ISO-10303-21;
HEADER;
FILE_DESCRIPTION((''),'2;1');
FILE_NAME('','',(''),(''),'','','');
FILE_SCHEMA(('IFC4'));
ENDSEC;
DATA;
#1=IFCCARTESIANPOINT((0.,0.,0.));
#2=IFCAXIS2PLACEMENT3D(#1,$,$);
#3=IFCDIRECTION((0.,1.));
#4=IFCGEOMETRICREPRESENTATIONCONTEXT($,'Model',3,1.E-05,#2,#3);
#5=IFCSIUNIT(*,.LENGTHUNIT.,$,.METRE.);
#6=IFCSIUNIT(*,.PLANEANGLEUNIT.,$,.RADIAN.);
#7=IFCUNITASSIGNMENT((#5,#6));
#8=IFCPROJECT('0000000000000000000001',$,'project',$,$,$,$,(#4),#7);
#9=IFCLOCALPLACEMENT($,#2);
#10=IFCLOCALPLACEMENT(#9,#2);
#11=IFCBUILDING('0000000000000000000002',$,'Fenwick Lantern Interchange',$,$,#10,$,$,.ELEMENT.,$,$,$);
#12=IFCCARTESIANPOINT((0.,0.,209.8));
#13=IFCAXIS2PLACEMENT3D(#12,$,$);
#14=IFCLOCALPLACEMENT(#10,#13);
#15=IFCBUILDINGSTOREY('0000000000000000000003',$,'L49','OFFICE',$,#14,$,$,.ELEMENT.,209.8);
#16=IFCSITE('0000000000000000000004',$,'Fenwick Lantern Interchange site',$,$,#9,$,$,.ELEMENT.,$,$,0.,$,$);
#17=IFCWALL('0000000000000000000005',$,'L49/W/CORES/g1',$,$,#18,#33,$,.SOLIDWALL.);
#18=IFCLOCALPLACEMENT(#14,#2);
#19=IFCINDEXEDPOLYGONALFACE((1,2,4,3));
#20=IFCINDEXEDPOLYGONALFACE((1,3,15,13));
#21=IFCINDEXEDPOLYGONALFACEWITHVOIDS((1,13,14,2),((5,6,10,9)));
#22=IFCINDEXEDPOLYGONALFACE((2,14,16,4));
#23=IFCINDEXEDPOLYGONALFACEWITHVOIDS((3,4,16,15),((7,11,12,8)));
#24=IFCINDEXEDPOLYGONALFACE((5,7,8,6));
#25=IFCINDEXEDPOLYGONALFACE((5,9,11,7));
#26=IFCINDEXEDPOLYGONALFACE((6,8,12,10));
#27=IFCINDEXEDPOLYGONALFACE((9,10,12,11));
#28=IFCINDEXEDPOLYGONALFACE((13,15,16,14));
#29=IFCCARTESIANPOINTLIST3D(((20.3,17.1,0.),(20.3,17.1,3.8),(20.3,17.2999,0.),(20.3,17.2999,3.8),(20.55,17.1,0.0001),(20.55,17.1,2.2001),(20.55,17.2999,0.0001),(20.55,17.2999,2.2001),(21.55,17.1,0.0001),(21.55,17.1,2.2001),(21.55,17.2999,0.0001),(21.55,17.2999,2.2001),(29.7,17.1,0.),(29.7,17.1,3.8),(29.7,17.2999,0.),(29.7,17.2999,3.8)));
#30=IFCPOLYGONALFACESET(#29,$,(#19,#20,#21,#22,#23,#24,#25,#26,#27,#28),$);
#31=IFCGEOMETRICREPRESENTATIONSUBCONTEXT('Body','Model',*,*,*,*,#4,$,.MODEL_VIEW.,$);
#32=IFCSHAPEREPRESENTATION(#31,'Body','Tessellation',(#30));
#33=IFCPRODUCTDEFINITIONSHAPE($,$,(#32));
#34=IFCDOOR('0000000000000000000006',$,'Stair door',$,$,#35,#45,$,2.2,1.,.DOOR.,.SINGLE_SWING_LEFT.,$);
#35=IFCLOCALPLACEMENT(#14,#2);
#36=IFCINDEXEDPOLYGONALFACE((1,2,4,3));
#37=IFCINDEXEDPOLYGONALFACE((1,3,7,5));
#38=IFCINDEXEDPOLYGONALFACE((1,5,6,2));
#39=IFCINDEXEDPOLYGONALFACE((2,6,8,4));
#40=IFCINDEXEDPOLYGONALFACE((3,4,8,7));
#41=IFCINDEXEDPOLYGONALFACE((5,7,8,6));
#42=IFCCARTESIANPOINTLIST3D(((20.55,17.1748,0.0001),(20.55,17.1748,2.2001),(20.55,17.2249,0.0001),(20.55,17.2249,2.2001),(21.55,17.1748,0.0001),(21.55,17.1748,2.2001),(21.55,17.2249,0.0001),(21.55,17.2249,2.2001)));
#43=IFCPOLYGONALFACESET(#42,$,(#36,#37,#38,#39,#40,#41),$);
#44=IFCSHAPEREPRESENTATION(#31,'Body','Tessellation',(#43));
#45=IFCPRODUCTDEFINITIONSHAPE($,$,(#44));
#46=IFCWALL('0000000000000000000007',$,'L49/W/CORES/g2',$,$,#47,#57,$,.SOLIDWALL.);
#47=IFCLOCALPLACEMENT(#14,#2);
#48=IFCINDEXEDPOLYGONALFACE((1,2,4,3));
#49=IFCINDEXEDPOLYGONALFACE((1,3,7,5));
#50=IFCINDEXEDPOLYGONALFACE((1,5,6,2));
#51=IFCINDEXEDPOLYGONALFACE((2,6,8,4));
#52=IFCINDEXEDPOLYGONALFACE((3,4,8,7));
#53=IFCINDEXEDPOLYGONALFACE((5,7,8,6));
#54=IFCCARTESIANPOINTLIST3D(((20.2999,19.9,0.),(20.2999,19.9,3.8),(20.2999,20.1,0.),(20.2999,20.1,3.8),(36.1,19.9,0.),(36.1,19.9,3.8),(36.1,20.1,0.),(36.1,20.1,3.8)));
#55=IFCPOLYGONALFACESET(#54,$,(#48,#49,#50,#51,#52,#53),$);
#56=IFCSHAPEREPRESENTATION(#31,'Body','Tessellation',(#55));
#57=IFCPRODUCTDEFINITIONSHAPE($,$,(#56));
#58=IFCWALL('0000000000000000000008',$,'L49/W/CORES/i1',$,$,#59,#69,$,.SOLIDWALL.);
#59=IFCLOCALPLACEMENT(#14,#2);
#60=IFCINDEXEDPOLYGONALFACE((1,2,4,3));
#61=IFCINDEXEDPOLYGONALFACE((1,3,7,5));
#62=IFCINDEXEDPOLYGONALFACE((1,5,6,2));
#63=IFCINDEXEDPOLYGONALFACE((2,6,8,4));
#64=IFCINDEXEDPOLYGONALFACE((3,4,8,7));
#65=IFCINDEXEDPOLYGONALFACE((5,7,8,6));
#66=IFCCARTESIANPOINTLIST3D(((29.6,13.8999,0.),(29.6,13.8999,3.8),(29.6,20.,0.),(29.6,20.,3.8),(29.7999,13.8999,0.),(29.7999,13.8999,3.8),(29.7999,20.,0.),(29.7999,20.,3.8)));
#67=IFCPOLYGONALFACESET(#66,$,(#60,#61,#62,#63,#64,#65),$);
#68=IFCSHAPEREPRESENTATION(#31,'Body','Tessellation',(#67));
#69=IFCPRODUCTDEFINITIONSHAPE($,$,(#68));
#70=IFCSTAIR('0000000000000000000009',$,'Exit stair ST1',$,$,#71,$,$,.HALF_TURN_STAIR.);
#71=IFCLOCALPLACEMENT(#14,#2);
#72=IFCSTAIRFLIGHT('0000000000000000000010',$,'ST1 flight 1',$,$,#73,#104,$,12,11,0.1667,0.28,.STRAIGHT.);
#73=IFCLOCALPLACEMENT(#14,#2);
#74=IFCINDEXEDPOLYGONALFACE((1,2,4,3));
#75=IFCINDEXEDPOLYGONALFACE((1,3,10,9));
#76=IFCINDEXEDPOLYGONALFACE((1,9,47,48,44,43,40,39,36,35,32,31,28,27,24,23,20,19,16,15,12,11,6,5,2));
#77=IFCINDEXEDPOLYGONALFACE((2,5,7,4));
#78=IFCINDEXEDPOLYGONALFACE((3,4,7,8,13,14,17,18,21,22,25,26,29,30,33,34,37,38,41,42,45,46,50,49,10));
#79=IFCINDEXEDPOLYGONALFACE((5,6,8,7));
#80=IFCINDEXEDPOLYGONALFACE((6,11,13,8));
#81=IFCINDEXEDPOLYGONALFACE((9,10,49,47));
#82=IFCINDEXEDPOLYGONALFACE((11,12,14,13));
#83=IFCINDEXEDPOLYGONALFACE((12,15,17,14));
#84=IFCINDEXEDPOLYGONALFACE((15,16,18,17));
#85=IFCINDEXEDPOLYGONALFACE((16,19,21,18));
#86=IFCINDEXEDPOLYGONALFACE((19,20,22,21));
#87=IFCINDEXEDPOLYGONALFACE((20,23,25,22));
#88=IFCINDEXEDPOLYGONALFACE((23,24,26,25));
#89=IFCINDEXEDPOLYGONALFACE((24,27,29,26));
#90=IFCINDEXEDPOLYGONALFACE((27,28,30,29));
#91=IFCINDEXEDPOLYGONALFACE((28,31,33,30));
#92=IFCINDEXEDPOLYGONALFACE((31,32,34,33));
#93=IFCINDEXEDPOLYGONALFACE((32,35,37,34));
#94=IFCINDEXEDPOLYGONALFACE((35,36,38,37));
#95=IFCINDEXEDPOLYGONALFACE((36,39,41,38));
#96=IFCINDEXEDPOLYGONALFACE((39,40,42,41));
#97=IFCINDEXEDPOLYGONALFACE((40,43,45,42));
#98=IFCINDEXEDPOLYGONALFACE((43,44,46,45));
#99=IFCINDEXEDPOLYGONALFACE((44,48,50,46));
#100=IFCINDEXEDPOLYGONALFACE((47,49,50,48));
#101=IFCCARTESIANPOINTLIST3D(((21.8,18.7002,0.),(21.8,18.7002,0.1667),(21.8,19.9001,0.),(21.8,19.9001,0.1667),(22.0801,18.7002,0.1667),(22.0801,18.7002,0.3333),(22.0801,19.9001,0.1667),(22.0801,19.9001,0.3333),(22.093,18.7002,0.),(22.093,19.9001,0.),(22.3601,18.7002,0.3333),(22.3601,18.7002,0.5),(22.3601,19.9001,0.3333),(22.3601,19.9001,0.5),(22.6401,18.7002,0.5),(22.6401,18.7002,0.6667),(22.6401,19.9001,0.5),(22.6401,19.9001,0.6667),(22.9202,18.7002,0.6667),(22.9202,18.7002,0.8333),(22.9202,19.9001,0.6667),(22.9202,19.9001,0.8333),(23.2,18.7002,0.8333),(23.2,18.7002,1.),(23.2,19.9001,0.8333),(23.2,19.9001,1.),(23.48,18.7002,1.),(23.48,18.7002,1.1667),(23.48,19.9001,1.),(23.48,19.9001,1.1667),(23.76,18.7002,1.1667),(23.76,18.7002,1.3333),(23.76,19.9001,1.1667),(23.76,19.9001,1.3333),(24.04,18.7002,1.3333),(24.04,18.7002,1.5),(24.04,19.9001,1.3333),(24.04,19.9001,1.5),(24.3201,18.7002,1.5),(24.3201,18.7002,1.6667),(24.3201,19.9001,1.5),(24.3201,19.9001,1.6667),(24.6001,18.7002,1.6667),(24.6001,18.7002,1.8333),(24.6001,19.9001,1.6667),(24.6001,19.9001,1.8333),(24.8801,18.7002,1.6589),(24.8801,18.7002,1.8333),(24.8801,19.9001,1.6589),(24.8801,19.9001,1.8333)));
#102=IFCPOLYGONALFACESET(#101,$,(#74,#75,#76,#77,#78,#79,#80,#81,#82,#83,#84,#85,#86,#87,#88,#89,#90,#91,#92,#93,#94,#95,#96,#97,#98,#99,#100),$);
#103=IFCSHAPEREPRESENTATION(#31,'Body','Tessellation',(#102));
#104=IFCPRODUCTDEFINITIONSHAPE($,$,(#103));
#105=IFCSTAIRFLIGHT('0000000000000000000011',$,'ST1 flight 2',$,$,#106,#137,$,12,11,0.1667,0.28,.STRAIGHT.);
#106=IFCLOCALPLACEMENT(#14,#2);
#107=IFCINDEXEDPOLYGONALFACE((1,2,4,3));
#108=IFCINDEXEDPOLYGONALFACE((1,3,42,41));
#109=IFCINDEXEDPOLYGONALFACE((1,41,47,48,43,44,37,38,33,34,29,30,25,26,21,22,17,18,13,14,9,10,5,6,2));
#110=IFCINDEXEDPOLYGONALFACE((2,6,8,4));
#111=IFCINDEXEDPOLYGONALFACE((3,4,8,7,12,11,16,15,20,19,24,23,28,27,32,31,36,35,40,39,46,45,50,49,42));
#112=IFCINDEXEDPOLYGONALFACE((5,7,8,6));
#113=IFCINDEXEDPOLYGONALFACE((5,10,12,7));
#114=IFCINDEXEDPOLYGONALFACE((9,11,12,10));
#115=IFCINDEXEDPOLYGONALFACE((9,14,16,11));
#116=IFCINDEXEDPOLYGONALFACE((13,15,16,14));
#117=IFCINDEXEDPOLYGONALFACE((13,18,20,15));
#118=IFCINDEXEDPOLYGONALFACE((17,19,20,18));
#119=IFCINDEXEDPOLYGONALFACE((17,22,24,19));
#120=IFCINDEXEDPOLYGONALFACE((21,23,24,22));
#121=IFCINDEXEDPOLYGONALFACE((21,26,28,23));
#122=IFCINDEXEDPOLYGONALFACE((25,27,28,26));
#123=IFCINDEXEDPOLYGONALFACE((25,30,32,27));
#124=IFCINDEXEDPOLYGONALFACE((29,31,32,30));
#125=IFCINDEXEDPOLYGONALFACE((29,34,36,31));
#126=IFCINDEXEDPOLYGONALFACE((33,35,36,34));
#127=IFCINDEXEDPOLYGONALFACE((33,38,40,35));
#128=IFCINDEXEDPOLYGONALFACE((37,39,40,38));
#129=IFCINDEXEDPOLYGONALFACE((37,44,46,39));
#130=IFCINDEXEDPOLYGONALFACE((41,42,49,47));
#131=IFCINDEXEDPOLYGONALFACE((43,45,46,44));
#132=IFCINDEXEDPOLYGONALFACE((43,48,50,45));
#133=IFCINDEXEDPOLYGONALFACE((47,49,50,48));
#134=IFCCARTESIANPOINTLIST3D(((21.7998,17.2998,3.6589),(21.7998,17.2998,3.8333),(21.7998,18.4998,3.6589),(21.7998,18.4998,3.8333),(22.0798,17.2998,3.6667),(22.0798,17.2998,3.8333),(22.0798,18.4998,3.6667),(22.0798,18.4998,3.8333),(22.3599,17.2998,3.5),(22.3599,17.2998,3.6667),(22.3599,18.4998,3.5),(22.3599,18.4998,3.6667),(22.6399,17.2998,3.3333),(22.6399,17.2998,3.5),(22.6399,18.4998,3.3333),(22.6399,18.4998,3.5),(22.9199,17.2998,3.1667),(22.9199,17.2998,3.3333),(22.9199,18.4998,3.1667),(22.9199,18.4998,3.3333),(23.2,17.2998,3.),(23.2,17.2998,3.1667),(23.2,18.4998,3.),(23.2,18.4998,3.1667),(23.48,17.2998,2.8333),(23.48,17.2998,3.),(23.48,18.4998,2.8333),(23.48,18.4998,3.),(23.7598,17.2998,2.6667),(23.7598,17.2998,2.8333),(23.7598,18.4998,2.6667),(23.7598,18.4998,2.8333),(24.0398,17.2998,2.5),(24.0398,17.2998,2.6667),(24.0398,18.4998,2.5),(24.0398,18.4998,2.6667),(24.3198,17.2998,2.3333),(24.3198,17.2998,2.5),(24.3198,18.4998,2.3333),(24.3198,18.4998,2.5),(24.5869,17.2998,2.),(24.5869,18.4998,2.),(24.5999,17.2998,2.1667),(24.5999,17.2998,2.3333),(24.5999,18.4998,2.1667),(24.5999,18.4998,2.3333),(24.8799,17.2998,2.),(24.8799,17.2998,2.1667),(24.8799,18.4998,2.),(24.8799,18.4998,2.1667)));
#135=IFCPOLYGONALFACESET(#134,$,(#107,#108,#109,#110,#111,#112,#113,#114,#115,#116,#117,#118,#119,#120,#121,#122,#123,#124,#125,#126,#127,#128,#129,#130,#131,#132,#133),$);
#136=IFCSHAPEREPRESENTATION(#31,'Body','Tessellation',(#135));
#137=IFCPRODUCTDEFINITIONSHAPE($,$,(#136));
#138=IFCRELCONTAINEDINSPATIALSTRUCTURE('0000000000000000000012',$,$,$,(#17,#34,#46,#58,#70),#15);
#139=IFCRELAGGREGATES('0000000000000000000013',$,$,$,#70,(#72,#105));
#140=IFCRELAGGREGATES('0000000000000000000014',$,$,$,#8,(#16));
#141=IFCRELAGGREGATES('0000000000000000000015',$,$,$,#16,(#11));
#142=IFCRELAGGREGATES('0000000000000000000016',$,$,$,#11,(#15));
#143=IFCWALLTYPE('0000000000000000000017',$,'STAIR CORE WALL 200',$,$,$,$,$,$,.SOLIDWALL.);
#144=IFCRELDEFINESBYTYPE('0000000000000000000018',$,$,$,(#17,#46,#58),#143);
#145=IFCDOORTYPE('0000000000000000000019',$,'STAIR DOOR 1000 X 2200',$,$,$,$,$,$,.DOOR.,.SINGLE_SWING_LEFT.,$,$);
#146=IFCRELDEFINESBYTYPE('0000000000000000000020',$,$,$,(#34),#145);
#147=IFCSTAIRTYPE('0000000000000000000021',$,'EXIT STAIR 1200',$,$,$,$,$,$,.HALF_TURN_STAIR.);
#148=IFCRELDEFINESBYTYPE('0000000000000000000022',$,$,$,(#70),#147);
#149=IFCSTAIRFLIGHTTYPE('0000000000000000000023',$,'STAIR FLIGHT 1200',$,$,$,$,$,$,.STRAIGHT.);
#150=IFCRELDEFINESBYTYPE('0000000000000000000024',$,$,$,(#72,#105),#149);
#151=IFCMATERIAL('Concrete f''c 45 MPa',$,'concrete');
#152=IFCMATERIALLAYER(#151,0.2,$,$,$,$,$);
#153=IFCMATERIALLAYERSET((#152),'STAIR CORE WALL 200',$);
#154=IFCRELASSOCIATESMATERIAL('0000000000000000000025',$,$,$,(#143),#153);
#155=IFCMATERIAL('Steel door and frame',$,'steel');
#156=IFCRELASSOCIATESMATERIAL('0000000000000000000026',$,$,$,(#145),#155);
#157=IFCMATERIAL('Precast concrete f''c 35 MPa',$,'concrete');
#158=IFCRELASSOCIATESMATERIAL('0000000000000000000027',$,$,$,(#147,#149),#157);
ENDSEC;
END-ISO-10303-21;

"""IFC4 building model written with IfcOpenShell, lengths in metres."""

from ifc_helpers import new_model, si_unit, direction, frame, frame_2d, origin, place, context, subcontext, project, spatial, polyline, rectangle, outline, extrude, material, layer, layer_set, type_object, element, fill, aggregate, save


model = new_model("IFC4")

# Units and contexts
model_context = context("Model", 3, precision=1e-05, world=origin(), true_north=direction((0.0, 1.0)))
body_context = subcontext(model_context, "Body", "Model", "MODEL_VIEW")
ifc_project = project(units=[si_unit("LENGTHUNIT", "METRE"), si_unit("PLANEANGLEUNIT", "RADIAN")], contexts=[model_context])

# Site, building, storey
site_placement = place(None, origin())
site = spatial("IfcSite", under=ifc_project, at=site_placement, Name="Fenwick Lantern Interchange site", CompositionType="ELEMENT", RefElevation=0.0)
building_placement = place(site_placement, origin())
building = spatial("IfcBuilding", under=site, at=building_placement, Name="Fenwick Lantern Interchange", CompositionType="ELEMENT")
storey_placement = place(building_placement, frame((0.0, 0.0, 209.8)))
storey = spatial("IfcBuildingStorey", under=building, at=storey_placement, Name="L49", Description="OFFICE", CompositionType="ELEMENT", Elevation=209.8)

# Shared definitions
ifc_material_1 = material(Name="Steel door and frame", Category="steel")

# Wall, opening, door
ifc_material_2 = material(Name="Concrete f'c 45 MPa", Category="concrete")
ifc_layer_1 = layer(ifc_material_2, 0.2)
ifc_layer_set_1 = layer_set([ifc_layer_1], Name="STAIR CORE WALL 200")
wall_type_1 = type_object("IfcWallType", Name="STAIR CORE WALL 200", PredefinedType="SOLIDWALL", material=ifc_layer_set_1)
wall_1_placement = place(storey_placement, frame((20.3, 17.2, 0.0), z_axis=(0.0, 0.0, 1.0), x_axis=(1.0, 0.0, 0.0)))
wall_1 = element("IfcWall", 1, at=wall_1_placement, inside=storey, type_object=wall_type_1, Name="L49/W/CORES/g1", PredefinedType="SOLIDWALL", context=body_context, shape_type="SweptSolid", body=[
    extrude(rectangle(XDim=9.3999, YDim=0.2, at=frame_2d((4.7, 0.0))), origin(), (0.0, 0.0, 1.0), 3.8),
])
opening_1_placement = place(wall_1_placement, frame((0.25, 0.0, 0.0)))
opening_1 = element("IfcOpeningElement", 2, at=opening_1_placement, cuts=wall_1, PredefinedType="OPENING", context=body_context, shape_type="SweptSolid", body=[
    extrude(rectangle(XDim=1.0, YDim=2.2, at=frame_2d((0.5, 1.1001))), frame((0.0, 0.1099, 0.0), z_axis=(0.0, -1.0, 0.0), x_axis=(1.0, 0.0, 0.0)), (0.0, 0.0, 1.0), 0.22),
])
door_type_1 = type_object("IfcDoorType", Name="STAIR DOOR 1000 X 2200", OperationType="SINGLE_SWING_LEFT", PredefinedType="DOOR", material=ifc_material_1)
door_1_placement = place(opening_1_placement, origin())
door_1 = element("IfcDoor", 3, at=door_1_placement, inside=storey, type_object=door_type_1, Name="Stair door", OperationType="SINGLE_SWING_LEFT", OverallHeight=2.2, OverallWidth=1.0, PredefinedType="DOOR", context=body_context, shape_type="SweptSolid", body=[
    extrude(rectangle(XDim=1.0, YDim=2.2, at=frame_2d((0.5, 1.1001))), frame((0.0, 0.0249, 0.0), z_axis=(0.0, -1.0, 0.0), x_axis=(1.0, 0.0, 0.0)), (0.0, 0.0, 1.0), 0.05),
])
fill(opening_1, door_1)

# Walls
wall_2_placement = place(storey_placement, frame((20.3, 20.0, 0.0), z_axis=(0.0, 0.0, 1.0), x_axis=(1.0, 0.0, 0.0)))
element("IfcWall", 4, at=wall_2_placement, inside=storey, type_object=wall_type_1, Name="L49/W/CORES/g2", PredefinedType="SOLIDWALL", context=body_context, shape_type="SweptSolid", body=[
    extrude(rectangle(XDim=15.8, YDim=0.2, at=frame_2d((7.8999, 0.0))), origin(), (0.0, 0.0, 1.0), 3.8),
])
wall_3_placement = place(storey_placement, frame((29.7, 13.8999, 0.0), z_axis=(0.0, 0.0, 1.0), x_axis=(0.0, 1.0, 0.0)))
element("IfcWall", 5, at=wall_3_placement, inside=storey, type_object=wall_type_1, Name="L49/W/CORES/i1", PredefinedType="SOLIDWALL", context=body_context, shape_type="SweptSolid", body=[
    extrude(rectangle(XDim=6.1001, YDim=0.2, at=frame_2d((3.05, 0.0))), origin(), (0.0, 0.0, 1.0), 3.8),
])

# Stair, stair flights
ifc_material_3 = material(Name="Precast concrete f'c 35 MPa", Category="concrete")
stair_type = type_object("IfcStairType", Name="EXIT STAIR 1200", PredefinedType="HALF_TURN_STAIR", material=ifc_material_3)
stair_placement = place(storey_placement, origin())
stair = element("IfcStair", 6, at=stair_placement, inside=storey, type_object=stair_type, Name="Exit stair ST1", PredefinedType="HALF_TURN_STAIR")
stair_flight_type = type_object("IfcStairFlightType", Name="STAIR FLIGHT 1200", PredefinedType="STRAIGHT", material=ifc_material_3)
stair_flight_1_placement = place(storey_placement, frame((21.8, 19.3, 0.0), z_axis=(0.0, 0.0, 1.0), x_axis=(1.0, 0.0, 0.0)))
stair_flight_1 = element("IfcStairFlight", 7, at=stair_flight_1_placement, type_object=stair_flight_type, Name="ST1 flight 1", NumberOfRisers=12, NumberOfTreads=11, PredefinedType="STRAIGHT", RiserHeight=0.1667, TreadLength=0.28, context=body_context, shape_type="SweptSolid", body=[
    extrude(outline(polyline([(0.0, 0.0), (0.0, 0.1667), (0.28, 0.1667), (0.28, 0.3333), (0.5601, 0.3333), (0.5601, 0.5), (0.8401, 0.5), (0.8401, 0.6667), (1.1201, 0.6667), (1.1201, 0.8333), (1.3999, 0.8333), (1.3999, 1.0), (1.6799, 1.0), (1.6799, 1.1667), (1.96, 1.1667), (1.96, 1.3333), (2.24, 1.3333), (2.24, 1.5), (2.52, 1.5), (2.52, 1.6667), (2.8, 1.6667), (2.8, 1.8333), (3.0801, 1.8333), (3.0801, 2.0), (3.0801, 1.6589), (0.293, 0.0), (0.0, 0.0)])), frame((0.0, 0.6001, 0.0), z_axis=(0.0, -1.0, 0.0), x_axis=(1.0, 0.0, 0.0)), (0.0, 0.0, 1.0), 1.2),
])
stair_flight_2_placement = place(storey_placement, frame((24.8799, 17.8999, 2.0), z_axis=(0.0, 0.0, 1.0), x_axis=(-1.0, 0.0, 0.0)))
stair_flight_2 = element("IfcStairFlight", 8, at=stair_flight_2_placement, type_object=stair_flight_type, Name="ST1 flight 2", NumberOfRisers=12, NumberOfTreads=11, PredefinedType="STRAIGHT", RiserHeight=0.1667, TreadLength=0.28, context=body_context, shape_type="SweptSolid", body=[
    extrude(outline(polyline([(0.0, 0.0), (0.0, 0.1667), (0.28, 0.1667), (0.28, 0.3333), (0.5601, 0.3333), (0.5601, 0.5), (0.8401, 0.5), (0.8401, 0.6667), (1.1201, 0.6667), (1.1201, 0.8333), (1.3999, 0.8333), (1.3999, 1.0), (1.6799, 1.0), (1.6799, 1.1667), (1.96, 1.1667), (1.96, 1.3333), (2.24, 1.3333), (2.24, 1.5), (2.52, 1.5), (2.52, 1.6667), (2.8, 1.6667), (2.8, 1.8333), (3.0801, 1.8333), (3.0801, 2.0), (3.0801, 1.6589), (0.293, 0.0), (0.0, 0.0)])), frame((0.0, 0.6001, 0.0), z_axis=(0.0, -1.0, 0.0), x_axis=(1.0, 0.0, 0.0)), (0.0, 0.0, 1.0), 1.2),
])
aggregate(stair, [stair_flight_1, stair_flight_2])

save(model, "model.ifc")
